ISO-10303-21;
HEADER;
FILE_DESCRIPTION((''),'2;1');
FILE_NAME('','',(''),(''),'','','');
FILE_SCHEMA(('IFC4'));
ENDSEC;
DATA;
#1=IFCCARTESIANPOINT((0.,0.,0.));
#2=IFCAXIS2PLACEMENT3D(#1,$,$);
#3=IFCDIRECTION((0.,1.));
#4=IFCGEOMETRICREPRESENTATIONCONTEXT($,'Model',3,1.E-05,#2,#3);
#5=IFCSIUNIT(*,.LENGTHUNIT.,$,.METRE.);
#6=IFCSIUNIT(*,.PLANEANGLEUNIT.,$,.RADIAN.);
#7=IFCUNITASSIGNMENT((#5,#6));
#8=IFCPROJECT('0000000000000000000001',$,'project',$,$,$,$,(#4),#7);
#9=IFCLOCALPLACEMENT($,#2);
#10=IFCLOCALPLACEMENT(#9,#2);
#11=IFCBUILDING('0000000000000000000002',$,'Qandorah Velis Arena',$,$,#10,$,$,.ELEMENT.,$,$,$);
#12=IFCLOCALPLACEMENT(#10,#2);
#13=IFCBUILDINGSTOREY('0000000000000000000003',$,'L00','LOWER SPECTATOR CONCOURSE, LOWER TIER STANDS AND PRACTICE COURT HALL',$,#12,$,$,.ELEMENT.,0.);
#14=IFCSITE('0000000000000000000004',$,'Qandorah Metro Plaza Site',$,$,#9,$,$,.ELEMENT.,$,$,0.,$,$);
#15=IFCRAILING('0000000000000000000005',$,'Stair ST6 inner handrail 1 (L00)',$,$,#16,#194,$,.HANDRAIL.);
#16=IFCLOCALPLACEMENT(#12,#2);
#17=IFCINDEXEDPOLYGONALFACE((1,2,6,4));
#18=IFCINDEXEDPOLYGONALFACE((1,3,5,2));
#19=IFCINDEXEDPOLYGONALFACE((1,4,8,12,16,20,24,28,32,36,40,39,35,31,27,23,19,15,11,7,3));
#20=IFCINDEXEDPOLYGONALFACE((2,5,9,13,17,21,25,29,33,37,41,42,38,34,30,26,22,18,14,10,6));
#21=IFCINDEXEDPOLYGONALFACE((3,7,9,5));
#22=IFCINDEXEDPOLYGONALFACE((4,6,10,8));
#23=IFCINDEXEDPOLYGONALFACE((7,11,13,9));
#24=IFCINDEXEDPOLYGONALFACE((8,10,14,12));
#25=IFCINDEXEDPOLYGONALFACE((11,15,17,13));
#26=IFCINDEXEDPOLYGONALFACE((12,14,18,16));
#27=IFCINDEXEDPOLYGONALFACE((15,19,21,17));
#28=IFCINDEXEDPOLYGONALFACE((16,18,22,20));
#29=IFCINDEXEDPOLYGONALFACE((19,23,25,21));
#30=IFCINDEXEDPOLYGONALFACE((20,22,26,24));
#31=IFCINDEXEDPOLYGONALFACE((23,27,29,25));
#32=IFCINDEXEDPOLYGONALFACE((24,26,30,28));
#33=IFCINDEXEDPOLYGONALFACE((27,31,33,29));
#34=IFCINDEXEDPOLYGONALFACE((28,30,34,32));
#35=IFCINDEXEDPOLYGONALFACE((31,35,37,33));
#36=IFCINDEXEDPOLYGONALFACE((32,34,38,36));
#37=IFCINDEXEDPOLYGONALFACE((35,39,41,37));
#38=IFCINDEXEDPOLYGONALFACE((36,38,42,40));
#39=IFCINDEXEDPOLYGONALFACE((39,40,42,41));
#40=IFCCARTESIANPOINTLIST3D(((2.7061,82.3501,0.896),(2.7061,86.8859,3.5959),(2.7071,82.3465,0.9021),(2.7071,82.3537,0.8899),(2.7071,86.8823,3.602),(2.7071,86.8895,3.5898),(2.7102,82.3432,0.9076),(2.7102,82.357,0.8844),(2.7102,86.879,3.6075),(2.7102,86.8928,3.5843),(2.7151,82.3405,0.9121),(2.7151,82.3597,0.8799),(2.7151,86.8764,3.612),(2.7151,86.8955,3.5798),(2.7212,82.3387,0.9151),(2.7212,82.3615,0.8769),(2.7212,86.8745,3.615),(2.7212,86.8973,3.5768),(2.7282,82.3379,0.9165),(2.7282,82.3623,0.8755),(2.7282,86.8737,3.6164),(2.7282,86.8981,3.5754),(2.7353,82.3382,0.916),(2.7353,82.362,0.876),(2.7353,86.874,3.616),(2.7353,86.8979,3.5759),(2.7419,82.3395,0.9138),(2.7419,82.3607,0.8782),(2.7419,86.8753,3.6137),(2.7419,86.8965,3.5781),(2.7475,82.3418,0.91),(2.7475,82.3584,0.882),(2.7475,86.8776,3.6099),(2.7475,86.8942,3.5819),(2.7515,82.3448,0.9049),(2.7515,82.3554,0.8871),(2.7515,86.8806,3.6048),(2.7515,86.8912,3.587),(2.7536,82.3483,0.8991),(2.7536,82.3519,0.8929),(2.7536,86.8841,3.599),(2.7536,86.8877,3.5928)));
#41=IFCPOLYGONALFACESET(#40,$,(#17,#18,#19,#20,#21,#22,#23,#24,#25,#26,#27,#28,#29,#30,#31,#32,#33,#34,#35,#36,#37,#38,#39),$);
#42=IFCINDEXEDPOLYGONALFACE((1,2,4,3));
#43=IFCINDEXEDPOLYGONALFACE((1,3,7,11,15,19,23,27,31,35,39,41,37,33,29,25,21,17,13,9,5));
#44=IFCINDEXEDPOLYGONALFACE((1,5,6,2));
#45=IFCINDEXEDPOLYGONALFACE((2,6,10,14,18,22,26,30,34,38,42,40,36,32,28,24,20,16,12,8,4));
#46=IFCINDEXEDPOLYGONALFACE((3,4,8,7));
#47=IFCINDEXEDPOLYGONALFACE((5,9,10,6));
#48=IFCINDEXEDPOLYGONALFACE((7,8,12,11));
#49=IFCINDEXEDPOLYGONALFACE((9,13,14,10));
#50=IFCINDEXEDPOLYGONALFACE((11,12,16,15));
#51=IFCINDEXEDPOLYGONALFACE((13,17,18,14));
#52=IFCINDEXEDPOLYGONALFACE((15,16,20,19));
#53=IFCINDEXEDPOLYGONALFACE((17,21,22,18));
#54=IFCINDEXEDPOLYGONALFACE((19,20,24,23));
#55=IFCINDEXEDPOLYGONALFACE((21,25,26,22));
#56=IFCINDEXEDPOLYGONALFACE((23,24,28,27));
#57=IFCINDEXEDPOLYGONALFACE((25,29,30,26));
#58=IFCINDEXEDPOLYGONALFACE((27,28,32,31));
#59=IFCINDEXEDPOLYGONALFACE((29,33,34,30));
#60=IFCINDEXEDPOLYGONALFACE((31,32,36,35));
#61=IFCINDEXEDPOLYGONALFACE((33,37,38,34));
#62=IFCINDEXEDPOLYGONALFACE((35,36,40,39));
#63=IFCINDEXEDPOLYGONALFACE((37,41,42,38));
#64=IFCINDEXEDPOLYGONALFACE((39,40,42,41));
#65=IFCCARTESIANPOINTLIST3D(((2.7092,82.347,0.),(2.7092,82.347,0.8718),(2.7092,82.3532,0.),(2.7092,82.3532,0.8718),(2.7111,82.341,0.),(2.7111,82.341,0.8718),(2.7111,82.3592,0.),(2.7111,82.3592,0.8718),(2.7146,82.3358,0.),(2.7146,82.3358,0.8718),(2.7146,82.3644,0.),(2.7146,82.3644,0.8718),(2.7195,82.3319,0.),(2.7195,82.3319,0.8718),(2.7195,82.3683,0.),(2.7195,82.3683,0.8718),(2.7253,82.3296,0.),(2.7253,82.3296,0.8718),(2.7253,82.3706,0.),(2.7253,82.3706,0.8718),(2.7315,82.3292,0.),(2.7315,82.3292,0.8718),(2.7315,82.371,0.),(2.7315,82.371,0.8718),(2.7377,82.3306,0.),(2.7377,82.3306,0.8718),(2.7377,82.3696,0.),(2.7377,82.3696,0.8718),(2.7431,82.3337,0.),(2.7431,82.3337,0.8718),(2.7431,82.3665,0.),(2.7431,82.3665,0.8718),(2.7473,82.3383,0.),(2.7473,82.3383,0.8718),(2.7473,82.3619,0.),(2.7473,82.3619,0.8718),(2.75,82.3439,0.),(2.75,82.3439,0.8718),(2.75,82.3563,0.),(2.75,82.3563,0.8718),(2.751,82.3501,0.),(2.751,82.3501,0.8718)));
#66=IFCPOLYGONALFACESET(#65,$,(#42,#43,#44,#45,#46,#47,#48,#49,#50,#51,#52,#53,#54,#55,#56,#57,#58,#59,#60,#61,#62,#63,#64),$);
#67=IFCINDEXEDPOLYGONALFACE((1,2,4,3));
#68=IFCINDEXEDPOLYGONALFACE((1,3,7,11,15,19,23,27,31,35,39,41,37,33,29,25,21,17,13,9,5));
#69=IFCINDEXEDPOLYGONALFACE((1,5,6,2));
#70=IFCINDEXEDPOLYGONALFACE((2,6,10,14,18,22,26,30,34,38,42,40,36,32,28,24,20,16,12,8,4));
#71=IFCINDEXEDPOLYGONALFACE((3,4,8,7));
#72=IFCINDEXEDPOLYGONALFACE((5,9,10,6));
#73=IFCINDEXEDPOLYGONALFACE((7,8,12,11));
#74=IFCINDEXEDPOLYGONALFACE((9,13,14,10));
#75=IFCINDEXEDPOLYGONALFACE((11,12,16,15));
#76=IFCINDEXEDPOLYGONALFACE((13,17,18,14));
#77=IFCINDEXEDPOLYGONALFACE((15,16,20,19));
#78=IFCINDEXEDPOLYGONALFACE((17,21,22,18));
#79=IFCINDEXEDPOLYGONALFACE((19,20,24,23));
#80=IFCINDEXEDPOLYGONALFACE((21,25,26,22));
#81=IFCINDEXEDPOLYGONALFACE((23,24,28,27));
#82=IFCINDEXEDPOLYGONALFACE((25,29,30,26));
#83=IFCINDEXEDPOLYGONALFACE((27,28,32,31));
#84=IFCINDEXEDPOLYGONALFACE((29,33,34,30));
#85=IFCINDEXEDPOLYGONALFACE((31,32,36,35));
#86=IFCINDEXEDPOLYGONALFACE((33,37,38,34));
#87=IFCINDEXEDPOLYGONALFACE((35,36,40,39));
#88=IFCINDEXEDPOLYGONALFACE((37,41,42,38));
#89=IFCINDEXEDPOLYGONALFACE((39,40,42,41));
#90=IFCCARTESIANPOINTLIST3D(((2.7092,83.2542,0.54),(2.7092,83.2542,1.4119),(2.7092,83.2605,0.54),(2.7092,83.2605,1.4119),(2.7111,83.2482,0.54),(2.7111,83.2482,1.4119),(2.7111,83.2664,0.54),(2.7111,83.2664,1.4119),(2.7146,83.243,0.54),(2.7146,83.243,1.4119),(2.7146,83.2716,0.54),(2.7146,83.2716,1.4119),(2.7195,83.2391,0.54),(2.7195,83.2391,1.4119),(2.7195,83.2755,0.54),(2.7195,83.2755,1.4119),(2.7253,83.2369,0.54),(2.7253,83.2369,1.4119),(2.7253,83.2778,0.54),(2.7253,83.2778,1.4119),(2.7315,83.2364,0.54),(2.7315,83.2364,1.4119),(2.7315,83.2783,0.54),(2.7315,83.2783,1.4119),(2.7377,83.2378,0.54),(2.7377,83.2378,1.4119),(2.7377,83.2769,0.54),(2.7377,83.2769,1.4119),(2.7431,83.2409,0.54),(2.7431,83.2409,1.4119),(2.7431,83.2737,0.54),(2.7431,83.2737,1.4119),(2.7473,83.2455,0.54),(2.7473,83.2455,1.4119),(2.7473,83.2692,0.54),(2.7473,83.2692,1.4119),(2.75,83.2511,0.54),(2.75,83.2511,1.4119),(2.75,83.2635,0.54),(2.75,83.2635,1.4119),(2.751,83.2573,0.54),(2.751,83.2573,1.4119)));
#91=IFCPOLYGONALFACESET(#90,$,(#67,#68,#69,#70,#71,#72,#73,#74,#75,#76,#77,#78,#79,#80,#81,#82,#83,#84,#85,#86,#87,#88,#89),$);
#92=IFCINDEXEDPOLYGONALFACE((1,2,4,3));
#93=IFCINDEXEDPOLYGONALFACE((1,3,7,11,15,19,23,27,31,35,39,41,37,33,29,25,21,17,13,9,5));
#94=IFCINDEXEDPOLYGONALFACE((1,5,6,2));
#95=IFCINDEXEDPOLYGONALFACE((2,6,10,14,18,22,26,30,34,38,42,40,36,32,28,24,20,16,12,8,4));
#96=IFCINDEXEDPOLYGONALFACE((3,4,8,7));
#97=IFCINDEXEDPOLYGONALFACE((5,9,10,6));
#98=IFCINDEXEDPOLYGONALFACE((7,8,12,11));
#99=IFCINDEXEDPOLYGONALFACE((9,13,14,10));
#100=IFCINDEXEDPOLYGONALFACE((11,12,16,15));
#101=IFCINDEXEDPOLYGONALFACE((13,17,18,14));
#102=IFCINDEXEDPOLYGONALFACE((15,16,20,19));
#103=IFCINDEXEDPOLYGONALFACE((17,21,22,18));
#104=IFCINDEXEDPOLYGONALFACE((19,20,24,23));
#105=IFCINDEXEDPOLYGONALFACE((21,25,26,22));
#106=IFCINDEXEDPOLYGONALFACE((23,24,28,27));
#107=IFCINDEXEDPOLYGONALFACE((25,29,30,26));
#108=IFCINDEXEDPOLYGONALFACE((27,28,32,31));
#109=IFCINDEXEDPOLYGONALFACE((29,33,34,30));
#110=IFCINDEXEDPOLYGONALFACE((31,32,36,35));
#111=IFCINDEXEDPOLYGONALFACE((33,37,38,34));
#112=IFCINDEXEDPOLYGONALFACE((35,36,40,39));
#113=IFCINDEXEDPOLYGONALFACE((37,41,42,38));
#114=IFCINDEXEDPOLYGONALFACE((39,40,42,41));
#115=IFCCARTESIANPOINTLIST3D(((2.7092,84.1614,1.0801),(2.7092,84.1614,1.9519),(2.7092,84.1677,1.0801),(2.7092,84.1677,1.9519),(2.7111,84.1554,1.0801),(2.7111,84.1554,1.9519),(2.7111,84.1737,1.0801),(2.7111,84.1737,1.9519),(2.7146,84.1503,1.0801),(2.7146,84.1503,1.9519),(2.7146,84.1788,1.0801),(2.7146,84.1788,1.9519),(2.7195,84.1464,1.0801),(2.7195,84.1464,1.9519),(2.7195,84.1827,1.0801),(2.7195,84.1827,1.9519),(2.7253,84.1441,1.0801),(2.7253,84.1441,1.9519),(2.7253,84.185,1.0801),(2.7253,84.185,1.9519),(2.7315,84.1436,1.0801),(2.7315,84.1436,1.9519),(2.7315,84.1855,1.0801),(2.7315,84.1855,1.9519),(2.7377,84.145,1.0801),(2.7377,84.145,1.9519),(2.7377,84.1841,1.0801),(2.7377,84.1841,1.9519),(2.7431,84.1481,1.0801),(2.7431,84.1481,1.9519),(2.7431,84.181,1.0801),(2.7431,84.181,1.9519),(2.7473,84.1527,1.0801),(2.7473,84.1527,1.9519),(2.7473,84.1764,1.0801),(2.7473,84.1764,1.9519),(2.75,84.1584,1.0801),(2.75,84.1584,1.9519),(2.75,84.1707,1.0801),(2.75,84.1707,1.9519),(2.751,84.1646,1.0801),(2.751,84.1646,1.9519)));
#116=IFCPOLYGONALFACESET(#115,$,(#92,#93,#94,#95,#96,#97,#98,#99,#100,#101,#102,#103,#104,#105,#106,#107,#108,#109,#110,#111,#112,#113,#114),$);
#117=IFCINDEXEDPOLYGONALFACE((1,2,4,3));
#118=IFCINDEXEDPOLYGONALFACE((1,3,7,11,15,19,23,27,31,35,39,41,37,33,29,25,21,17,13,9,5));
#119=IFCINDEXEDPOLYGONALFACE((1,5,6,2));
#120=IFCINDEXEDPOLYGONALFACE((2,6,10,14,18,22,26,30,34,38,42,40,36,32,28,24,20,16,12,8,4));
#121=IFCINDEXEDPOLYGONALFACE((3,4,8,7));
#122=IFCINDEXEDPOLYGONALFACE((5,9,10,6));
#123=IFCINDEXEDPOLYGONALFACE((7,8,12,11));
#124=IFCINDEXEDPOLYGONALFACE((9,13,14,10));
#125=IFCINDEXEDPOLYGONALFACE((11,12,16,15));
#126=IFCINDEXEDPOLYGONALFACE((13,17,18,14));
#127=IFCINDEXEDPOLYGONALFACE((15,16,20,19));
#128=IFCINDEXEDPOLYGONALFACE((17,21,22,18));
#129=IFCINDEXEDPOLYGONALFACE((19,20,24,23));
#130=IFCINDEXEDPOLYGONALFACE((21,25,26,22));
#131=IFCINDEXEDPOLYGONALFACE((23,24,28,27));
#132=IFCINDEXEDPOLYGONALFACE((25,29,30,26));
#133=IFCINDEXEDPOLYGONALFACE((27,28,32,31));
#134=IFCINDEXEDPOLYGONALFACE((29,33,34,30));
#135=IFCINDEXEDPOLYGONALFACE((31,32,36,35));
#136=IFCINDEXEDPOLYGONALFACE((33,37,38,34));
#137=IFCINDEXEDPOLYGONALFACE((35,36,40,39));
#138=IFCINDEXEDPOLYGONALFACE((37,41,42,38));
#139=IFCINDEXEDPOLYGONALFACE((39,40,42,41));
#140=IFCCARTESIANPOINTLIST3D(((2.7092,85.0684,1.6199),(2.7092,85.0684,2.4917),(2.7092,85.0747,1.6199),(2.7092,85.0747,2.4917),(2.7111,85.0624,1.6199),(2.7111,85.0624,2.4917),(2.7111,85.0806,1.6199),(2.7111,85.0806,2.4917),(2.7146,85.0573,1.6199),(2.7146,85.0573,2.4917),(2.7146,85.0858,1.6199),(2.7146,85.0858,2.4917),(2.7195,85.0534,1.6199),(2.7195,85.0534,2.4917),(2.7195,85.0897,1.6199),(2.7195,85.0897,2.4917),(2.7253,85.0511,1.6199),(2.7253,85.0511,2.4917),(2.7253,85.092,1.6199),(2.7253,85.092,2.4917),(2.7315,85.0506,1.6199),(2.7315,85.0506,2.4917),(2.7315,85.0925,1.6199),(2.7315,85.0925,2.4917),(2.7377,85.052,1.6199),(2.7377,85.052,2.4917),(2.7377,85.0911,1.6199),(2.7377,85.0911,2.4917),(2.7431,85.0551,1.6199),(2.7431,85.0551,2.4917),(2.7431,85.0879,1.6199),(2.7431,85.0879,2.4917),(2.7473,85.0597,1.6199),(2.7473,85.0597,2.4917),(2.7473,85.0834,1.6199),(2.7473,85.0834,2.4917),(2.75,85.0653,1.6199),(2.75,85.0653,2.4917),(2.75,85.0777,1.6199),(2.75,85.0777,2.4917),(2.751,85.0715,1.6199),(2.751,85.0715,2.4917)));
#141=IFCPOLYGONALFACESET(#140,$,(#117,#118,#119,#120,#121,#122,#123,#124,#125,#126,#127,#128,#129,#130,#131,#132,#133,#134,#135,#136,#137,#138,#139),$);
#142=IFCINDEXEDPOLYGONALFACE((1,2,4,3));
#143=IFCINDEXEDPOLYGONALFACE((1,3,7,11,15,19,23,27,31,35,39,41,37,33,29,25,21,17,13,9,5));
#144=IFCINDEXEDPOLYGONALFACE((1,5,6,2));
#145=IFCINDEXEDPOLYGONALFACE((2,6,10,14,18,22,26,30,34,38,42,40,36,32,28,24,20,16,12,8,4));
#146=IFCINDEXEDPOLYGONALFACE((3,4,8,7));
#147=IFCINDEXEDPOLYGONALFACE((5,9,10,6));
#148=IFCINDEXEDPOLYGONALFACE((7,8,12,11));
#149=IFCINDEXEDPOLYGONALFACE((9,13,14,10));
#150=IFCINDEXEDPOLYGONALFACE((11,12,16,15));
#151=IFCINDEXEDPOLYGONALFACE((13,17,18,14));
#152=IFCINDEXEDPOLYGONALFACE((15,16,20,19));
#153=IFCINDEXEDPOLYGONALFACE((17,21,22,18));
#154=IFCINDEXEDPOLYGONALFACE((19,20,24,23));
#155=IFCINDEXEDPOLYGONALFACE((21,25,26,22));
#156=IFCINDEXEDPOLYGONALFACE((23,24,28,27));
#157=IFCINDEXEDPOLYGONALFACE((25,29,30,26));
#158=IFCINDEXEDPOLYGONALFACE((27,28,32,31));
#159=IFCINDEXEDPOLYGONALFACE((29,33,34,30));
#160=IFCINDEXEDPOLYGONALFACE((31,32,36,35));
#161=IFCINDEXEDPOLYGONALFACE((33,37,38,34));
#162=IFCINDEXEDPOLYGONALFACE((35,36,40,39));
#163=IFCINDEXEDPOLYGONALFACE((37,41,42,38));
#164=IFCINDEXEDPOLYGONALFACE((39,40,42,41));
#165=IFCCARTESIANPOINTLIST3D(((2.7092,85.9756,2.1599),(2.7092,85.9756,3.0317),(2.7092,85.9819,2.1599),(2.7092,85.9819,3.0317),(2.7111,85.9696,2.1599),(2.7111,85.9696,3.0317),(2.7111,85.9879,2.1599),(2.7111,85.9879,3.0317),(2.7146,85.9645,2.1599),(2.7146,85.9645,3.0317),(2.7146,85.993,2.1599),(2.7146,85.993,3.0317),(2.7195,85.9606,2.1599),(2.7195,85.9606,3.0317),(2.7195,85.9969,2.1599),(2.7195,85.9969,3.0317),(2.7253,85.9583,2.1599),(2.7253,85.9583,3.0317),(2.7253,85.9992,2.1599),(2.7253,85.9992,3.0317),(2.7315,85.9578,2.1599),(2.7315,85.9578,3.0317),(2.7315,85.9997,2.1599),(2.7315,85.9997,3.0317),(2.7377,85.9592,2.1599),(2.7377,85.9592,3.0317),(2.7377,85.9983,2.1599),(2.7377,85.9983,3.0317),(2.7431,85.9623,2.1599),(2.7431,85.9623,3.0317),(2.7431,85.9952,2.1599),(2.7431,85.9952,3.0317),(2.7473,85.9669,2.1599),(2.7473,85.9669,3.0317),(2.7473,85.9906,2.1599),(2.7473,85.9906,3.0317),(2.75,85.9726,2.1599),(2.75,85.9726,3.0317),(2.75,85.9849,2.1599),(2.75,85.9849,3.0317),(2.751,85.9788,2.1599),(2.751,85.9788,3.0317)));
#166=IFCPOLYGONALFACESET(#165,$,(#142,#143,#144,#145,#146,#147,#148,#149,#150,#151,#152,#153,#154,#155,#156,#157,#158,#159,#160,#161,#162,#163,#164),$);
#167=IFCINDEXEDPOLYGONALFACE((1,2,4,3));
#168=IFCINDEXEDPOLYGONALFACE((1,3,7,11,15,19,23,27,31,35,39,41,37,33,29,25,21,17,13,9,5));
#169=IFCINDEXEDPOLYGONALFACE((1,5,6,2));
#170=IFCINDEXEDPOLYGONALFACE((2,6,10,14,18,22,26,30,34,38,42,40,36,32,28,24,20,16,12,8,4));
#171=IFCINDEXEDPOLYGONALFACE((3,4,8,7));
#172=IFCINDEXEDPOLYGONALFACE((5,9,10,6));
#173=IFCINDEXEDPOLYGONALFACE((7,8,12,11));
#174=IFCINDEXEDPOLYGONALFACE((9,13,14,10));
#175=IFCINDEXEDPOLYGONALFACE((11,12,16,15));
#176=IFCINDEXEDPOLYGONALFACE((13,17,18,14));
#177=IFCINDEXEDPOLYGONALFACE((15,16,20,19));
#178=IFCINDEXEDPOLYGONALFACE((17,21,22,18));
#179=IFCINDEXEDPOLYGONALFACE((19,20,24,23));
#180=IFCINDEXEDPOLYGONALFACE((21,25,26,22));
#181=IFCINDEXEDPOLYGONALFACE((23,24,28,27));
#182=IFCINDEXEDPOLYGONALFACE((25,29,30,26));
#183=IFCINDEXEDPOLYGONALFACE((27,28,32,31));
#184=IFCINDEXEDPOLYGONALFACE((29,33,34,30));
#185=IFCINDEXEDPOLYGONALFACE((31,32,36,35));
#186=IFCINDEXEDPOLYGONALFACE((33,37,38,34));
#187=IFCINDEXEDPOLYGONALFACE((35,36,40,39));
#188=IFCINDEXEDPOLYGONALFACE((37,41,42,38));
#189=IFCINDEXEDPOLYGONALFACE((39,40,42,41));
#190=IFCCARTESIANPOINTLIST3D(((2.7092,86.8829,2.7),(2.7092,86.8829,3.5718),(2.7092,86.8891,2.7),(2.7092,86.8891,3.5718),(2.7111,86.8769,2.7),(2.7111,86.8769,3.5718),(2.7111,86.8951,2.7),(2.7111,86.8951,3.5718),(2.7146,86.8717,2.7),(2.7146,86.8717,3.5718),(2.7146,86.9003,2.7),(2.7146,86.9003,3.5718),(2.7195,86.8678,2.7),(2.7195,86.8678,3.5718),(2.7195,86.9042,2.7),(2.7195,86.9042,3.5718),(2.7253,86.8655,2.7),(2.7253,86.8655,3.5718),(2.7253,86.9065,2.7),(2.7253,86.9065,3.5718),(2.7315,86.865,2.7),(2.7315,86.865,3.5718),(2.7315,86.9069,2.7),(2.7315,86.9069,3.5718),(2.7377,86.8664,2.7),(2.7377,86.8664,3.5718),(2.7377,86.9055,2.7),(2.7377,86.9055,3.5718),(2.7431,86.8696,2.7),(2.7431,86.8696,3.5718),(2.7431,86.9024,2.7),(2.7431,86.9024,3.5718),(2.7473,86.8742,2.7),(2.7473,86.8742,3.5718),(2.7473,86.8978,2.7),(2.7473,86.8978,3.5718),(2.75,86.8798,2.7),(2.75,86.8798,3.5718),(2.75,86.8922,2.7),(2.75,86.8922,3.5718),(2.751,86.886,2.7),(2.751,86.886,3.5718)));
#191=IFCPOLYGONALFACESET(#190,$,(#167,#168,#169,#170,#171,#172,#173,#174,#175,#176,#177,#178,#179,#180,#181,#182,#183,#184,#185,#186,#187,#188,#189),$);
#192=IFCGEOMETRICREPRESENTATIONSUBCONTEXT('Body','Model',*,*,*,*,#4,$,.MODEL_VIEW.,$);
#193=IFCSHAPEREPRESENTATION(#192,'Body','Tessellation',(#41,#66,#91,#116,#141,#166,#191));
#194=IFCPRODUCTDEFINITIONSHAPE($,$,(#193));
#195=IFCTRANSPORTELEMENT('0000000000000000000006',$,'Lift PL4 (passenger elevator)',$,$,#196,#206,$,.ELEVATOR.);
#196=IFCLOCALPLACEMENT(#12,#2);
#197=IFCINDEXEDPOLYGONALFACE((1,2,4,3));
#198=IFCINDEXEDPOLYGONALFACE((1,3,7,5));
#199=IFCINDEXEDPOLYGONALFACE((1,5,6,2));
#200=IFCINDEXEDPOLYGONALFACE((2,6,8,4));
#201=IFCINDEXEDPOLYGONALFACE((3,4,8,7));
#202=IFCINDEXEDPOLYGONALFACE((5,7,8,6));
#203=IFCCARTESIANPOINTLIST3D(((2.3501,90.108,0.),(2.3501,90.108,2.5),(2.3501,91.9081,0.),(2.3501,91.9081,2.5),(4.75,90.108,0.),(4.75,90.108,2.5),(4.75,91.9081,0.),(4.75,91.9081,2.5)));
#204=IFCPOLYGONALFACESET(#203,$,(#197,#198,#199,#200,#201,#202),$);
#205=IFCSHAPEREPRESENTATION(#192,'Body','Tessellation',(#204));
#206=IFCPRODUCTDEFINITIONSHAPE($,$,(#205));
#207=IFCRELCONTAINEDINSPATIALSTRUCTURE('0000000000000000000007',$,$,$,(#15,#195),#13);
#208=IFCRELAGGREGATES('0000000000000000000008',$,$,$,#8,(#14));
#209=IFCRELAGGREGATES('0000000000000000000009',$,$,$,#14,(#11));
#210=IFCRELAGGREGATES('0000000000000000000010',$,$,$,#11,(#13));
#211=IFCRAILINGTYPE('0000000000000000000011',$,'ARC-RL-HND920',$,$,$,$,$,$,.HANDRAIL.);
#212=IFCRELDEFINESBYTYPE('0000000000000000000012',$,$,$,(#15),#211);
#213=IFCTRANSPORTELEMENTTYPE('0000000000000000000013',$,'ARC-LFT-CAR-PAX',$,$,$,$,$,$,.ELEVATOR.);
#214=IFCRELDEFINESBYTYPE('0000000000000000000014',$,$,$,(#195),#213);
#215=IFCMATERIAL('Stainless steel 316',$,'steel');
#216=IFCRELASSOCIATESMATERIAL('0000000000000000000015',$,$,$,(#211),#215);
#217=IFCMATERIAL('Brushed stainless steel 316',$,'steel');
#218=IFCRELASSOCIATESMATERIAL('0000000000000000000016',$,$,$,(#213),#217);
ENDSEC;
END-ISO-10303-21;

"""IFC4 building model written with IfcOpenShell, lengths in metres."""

from ifc_helpers import new_model, si_unit, direction, frame, origin, origin_2d, place, context, subcontext, project, spatial, rectangle, circle, extrude, material, type_object, element, save


model = new_model("IFC4")

# Units and contexts
model_context = context("Model", 3, precision=1e-05, world=origin(), true_north=direction((0.0, 1.0)))
body_context = subcontext(model_context, "Body", "Model", "MODEL_VIEW")
ifc_project = project(units=[si_unit("LENGTHUNIT", "METRE"), si_unit("PLANEANGLEUNIT", "RADIAN")], contexts=[model_context])

# Site, building, storey
site_placement = place(None, origin())
site = spatial("IfcSite", under=ifc_project, at=site_placement, Name="Qandorah Metro Plaza Site", CompositionType="ELEMENT", RefElevation=0.0)
building_placement = place(site_placement, origin())
building = spatial("IfcBuilding", under=site, at=building_placement, Name="Qandorah Velis Arena", CompositionType="ELEMENT")
storey_placement = place(building_placement, origin())
storey = spatial("IfcBuildingStorey", under=building, at=storey_placement, Name="L00", Description="LOWER SPECTATOR CONCOURSE, LOWER TIER STANDS AND PRACTICE COURT HALL", CompositionType="ELEMENT", Elevation=0.0)

# Railing
ifc_material_1 = material(Name="Stainless steel 316", Category="steel")
railing_type_1 = type_object("IfcRailingType", Name="ARC-RL-HND920", PredefinedType="HANDRAIL", material=ifc_material_1)
railing_1_placement = place(storey_placement, frame((2.73, 82.3501, 0.0)))
element("IfcRailing", 1, at=railing_1_placement, inside=storey, type_object=railing_type_1, Name="Stair ST6 inner handrail 1 (L00)", PredefinedType="HANDRAIL", context=body_context, shape_type="SweptSolid", body=[
    extrude(circle(Radius=0.0239, at=origin_2d()), frame((0.0, 0.0, 0.896), z_axis=(0.0, 0.859291, 0.511486), x_axis=(-1.0, 0.0, 0.0)), (0.0, 0.0, 1.0), 5.2786),
    extrude(circle(Radius=0.021, at=origin_2d()), origin(), (0.0, 0.0, 1.0), 0.8718),
    extrude(circle(Radius=0.021, at=origin_2d()), frame((0.0, 0.9072, 0.54)), (0.0, 0.0, 1.0), 0.8718),
    extrude(circle(Radius=0.021, at=origin_2d()), frame((0.0, 1.8145, 1.0801)), (0.0, 0.0, 1.0), 0.8718),
    extrude(circle(Radius=0.021, at=origin_2d()), frame((0.0, 2.7214, 1.6199)), (0.0, 0.0, 1.0), 0.8718),
    extrude(circle(Radius=0.021, at=origin_2d()), frame((0.0, 3.6287, 2.1599)), (0.0, 0.0, 1.0), 0.8718),
    extrude(circle(Radius=0.021, at=origin_2d()), frame((0.0, 4.5359, 2.7)), (0.0, 0.0, 1.0), 0.8718),
])

# Transport element
ifc_material_2 = material(Name="Brushed stainless steel 316", Category="steel")
transport_element_type = type_object("IfcTransportElementType", Name="ARC-LFT-CAR-PAX", PredefinedType="ELEVATOR", material=ifc_material_2)
transport_element_placement = place(storey_placement, frame((3.55, 91.0081, 0.0), z_axis=(0.0, 0.0, 1.0), x_axis=(0.0, 1.0, 0.0)))
element("IfcTransportElement", 2, at=transport_element_placement, inside=storey, type_object=transport_element_type, Name="Lift PL4 (passenger elevator)", PredefinedType="ELEVATOR", context=body_context, shape_type="SweptSolid", body=[
    extrude(rectangle(XDim=1.8, YDim=2.3999, at=origin_2d()), origin(), (0.0, 0.0, 1.0), 2.5),
])

save(model, "model.ifc")
